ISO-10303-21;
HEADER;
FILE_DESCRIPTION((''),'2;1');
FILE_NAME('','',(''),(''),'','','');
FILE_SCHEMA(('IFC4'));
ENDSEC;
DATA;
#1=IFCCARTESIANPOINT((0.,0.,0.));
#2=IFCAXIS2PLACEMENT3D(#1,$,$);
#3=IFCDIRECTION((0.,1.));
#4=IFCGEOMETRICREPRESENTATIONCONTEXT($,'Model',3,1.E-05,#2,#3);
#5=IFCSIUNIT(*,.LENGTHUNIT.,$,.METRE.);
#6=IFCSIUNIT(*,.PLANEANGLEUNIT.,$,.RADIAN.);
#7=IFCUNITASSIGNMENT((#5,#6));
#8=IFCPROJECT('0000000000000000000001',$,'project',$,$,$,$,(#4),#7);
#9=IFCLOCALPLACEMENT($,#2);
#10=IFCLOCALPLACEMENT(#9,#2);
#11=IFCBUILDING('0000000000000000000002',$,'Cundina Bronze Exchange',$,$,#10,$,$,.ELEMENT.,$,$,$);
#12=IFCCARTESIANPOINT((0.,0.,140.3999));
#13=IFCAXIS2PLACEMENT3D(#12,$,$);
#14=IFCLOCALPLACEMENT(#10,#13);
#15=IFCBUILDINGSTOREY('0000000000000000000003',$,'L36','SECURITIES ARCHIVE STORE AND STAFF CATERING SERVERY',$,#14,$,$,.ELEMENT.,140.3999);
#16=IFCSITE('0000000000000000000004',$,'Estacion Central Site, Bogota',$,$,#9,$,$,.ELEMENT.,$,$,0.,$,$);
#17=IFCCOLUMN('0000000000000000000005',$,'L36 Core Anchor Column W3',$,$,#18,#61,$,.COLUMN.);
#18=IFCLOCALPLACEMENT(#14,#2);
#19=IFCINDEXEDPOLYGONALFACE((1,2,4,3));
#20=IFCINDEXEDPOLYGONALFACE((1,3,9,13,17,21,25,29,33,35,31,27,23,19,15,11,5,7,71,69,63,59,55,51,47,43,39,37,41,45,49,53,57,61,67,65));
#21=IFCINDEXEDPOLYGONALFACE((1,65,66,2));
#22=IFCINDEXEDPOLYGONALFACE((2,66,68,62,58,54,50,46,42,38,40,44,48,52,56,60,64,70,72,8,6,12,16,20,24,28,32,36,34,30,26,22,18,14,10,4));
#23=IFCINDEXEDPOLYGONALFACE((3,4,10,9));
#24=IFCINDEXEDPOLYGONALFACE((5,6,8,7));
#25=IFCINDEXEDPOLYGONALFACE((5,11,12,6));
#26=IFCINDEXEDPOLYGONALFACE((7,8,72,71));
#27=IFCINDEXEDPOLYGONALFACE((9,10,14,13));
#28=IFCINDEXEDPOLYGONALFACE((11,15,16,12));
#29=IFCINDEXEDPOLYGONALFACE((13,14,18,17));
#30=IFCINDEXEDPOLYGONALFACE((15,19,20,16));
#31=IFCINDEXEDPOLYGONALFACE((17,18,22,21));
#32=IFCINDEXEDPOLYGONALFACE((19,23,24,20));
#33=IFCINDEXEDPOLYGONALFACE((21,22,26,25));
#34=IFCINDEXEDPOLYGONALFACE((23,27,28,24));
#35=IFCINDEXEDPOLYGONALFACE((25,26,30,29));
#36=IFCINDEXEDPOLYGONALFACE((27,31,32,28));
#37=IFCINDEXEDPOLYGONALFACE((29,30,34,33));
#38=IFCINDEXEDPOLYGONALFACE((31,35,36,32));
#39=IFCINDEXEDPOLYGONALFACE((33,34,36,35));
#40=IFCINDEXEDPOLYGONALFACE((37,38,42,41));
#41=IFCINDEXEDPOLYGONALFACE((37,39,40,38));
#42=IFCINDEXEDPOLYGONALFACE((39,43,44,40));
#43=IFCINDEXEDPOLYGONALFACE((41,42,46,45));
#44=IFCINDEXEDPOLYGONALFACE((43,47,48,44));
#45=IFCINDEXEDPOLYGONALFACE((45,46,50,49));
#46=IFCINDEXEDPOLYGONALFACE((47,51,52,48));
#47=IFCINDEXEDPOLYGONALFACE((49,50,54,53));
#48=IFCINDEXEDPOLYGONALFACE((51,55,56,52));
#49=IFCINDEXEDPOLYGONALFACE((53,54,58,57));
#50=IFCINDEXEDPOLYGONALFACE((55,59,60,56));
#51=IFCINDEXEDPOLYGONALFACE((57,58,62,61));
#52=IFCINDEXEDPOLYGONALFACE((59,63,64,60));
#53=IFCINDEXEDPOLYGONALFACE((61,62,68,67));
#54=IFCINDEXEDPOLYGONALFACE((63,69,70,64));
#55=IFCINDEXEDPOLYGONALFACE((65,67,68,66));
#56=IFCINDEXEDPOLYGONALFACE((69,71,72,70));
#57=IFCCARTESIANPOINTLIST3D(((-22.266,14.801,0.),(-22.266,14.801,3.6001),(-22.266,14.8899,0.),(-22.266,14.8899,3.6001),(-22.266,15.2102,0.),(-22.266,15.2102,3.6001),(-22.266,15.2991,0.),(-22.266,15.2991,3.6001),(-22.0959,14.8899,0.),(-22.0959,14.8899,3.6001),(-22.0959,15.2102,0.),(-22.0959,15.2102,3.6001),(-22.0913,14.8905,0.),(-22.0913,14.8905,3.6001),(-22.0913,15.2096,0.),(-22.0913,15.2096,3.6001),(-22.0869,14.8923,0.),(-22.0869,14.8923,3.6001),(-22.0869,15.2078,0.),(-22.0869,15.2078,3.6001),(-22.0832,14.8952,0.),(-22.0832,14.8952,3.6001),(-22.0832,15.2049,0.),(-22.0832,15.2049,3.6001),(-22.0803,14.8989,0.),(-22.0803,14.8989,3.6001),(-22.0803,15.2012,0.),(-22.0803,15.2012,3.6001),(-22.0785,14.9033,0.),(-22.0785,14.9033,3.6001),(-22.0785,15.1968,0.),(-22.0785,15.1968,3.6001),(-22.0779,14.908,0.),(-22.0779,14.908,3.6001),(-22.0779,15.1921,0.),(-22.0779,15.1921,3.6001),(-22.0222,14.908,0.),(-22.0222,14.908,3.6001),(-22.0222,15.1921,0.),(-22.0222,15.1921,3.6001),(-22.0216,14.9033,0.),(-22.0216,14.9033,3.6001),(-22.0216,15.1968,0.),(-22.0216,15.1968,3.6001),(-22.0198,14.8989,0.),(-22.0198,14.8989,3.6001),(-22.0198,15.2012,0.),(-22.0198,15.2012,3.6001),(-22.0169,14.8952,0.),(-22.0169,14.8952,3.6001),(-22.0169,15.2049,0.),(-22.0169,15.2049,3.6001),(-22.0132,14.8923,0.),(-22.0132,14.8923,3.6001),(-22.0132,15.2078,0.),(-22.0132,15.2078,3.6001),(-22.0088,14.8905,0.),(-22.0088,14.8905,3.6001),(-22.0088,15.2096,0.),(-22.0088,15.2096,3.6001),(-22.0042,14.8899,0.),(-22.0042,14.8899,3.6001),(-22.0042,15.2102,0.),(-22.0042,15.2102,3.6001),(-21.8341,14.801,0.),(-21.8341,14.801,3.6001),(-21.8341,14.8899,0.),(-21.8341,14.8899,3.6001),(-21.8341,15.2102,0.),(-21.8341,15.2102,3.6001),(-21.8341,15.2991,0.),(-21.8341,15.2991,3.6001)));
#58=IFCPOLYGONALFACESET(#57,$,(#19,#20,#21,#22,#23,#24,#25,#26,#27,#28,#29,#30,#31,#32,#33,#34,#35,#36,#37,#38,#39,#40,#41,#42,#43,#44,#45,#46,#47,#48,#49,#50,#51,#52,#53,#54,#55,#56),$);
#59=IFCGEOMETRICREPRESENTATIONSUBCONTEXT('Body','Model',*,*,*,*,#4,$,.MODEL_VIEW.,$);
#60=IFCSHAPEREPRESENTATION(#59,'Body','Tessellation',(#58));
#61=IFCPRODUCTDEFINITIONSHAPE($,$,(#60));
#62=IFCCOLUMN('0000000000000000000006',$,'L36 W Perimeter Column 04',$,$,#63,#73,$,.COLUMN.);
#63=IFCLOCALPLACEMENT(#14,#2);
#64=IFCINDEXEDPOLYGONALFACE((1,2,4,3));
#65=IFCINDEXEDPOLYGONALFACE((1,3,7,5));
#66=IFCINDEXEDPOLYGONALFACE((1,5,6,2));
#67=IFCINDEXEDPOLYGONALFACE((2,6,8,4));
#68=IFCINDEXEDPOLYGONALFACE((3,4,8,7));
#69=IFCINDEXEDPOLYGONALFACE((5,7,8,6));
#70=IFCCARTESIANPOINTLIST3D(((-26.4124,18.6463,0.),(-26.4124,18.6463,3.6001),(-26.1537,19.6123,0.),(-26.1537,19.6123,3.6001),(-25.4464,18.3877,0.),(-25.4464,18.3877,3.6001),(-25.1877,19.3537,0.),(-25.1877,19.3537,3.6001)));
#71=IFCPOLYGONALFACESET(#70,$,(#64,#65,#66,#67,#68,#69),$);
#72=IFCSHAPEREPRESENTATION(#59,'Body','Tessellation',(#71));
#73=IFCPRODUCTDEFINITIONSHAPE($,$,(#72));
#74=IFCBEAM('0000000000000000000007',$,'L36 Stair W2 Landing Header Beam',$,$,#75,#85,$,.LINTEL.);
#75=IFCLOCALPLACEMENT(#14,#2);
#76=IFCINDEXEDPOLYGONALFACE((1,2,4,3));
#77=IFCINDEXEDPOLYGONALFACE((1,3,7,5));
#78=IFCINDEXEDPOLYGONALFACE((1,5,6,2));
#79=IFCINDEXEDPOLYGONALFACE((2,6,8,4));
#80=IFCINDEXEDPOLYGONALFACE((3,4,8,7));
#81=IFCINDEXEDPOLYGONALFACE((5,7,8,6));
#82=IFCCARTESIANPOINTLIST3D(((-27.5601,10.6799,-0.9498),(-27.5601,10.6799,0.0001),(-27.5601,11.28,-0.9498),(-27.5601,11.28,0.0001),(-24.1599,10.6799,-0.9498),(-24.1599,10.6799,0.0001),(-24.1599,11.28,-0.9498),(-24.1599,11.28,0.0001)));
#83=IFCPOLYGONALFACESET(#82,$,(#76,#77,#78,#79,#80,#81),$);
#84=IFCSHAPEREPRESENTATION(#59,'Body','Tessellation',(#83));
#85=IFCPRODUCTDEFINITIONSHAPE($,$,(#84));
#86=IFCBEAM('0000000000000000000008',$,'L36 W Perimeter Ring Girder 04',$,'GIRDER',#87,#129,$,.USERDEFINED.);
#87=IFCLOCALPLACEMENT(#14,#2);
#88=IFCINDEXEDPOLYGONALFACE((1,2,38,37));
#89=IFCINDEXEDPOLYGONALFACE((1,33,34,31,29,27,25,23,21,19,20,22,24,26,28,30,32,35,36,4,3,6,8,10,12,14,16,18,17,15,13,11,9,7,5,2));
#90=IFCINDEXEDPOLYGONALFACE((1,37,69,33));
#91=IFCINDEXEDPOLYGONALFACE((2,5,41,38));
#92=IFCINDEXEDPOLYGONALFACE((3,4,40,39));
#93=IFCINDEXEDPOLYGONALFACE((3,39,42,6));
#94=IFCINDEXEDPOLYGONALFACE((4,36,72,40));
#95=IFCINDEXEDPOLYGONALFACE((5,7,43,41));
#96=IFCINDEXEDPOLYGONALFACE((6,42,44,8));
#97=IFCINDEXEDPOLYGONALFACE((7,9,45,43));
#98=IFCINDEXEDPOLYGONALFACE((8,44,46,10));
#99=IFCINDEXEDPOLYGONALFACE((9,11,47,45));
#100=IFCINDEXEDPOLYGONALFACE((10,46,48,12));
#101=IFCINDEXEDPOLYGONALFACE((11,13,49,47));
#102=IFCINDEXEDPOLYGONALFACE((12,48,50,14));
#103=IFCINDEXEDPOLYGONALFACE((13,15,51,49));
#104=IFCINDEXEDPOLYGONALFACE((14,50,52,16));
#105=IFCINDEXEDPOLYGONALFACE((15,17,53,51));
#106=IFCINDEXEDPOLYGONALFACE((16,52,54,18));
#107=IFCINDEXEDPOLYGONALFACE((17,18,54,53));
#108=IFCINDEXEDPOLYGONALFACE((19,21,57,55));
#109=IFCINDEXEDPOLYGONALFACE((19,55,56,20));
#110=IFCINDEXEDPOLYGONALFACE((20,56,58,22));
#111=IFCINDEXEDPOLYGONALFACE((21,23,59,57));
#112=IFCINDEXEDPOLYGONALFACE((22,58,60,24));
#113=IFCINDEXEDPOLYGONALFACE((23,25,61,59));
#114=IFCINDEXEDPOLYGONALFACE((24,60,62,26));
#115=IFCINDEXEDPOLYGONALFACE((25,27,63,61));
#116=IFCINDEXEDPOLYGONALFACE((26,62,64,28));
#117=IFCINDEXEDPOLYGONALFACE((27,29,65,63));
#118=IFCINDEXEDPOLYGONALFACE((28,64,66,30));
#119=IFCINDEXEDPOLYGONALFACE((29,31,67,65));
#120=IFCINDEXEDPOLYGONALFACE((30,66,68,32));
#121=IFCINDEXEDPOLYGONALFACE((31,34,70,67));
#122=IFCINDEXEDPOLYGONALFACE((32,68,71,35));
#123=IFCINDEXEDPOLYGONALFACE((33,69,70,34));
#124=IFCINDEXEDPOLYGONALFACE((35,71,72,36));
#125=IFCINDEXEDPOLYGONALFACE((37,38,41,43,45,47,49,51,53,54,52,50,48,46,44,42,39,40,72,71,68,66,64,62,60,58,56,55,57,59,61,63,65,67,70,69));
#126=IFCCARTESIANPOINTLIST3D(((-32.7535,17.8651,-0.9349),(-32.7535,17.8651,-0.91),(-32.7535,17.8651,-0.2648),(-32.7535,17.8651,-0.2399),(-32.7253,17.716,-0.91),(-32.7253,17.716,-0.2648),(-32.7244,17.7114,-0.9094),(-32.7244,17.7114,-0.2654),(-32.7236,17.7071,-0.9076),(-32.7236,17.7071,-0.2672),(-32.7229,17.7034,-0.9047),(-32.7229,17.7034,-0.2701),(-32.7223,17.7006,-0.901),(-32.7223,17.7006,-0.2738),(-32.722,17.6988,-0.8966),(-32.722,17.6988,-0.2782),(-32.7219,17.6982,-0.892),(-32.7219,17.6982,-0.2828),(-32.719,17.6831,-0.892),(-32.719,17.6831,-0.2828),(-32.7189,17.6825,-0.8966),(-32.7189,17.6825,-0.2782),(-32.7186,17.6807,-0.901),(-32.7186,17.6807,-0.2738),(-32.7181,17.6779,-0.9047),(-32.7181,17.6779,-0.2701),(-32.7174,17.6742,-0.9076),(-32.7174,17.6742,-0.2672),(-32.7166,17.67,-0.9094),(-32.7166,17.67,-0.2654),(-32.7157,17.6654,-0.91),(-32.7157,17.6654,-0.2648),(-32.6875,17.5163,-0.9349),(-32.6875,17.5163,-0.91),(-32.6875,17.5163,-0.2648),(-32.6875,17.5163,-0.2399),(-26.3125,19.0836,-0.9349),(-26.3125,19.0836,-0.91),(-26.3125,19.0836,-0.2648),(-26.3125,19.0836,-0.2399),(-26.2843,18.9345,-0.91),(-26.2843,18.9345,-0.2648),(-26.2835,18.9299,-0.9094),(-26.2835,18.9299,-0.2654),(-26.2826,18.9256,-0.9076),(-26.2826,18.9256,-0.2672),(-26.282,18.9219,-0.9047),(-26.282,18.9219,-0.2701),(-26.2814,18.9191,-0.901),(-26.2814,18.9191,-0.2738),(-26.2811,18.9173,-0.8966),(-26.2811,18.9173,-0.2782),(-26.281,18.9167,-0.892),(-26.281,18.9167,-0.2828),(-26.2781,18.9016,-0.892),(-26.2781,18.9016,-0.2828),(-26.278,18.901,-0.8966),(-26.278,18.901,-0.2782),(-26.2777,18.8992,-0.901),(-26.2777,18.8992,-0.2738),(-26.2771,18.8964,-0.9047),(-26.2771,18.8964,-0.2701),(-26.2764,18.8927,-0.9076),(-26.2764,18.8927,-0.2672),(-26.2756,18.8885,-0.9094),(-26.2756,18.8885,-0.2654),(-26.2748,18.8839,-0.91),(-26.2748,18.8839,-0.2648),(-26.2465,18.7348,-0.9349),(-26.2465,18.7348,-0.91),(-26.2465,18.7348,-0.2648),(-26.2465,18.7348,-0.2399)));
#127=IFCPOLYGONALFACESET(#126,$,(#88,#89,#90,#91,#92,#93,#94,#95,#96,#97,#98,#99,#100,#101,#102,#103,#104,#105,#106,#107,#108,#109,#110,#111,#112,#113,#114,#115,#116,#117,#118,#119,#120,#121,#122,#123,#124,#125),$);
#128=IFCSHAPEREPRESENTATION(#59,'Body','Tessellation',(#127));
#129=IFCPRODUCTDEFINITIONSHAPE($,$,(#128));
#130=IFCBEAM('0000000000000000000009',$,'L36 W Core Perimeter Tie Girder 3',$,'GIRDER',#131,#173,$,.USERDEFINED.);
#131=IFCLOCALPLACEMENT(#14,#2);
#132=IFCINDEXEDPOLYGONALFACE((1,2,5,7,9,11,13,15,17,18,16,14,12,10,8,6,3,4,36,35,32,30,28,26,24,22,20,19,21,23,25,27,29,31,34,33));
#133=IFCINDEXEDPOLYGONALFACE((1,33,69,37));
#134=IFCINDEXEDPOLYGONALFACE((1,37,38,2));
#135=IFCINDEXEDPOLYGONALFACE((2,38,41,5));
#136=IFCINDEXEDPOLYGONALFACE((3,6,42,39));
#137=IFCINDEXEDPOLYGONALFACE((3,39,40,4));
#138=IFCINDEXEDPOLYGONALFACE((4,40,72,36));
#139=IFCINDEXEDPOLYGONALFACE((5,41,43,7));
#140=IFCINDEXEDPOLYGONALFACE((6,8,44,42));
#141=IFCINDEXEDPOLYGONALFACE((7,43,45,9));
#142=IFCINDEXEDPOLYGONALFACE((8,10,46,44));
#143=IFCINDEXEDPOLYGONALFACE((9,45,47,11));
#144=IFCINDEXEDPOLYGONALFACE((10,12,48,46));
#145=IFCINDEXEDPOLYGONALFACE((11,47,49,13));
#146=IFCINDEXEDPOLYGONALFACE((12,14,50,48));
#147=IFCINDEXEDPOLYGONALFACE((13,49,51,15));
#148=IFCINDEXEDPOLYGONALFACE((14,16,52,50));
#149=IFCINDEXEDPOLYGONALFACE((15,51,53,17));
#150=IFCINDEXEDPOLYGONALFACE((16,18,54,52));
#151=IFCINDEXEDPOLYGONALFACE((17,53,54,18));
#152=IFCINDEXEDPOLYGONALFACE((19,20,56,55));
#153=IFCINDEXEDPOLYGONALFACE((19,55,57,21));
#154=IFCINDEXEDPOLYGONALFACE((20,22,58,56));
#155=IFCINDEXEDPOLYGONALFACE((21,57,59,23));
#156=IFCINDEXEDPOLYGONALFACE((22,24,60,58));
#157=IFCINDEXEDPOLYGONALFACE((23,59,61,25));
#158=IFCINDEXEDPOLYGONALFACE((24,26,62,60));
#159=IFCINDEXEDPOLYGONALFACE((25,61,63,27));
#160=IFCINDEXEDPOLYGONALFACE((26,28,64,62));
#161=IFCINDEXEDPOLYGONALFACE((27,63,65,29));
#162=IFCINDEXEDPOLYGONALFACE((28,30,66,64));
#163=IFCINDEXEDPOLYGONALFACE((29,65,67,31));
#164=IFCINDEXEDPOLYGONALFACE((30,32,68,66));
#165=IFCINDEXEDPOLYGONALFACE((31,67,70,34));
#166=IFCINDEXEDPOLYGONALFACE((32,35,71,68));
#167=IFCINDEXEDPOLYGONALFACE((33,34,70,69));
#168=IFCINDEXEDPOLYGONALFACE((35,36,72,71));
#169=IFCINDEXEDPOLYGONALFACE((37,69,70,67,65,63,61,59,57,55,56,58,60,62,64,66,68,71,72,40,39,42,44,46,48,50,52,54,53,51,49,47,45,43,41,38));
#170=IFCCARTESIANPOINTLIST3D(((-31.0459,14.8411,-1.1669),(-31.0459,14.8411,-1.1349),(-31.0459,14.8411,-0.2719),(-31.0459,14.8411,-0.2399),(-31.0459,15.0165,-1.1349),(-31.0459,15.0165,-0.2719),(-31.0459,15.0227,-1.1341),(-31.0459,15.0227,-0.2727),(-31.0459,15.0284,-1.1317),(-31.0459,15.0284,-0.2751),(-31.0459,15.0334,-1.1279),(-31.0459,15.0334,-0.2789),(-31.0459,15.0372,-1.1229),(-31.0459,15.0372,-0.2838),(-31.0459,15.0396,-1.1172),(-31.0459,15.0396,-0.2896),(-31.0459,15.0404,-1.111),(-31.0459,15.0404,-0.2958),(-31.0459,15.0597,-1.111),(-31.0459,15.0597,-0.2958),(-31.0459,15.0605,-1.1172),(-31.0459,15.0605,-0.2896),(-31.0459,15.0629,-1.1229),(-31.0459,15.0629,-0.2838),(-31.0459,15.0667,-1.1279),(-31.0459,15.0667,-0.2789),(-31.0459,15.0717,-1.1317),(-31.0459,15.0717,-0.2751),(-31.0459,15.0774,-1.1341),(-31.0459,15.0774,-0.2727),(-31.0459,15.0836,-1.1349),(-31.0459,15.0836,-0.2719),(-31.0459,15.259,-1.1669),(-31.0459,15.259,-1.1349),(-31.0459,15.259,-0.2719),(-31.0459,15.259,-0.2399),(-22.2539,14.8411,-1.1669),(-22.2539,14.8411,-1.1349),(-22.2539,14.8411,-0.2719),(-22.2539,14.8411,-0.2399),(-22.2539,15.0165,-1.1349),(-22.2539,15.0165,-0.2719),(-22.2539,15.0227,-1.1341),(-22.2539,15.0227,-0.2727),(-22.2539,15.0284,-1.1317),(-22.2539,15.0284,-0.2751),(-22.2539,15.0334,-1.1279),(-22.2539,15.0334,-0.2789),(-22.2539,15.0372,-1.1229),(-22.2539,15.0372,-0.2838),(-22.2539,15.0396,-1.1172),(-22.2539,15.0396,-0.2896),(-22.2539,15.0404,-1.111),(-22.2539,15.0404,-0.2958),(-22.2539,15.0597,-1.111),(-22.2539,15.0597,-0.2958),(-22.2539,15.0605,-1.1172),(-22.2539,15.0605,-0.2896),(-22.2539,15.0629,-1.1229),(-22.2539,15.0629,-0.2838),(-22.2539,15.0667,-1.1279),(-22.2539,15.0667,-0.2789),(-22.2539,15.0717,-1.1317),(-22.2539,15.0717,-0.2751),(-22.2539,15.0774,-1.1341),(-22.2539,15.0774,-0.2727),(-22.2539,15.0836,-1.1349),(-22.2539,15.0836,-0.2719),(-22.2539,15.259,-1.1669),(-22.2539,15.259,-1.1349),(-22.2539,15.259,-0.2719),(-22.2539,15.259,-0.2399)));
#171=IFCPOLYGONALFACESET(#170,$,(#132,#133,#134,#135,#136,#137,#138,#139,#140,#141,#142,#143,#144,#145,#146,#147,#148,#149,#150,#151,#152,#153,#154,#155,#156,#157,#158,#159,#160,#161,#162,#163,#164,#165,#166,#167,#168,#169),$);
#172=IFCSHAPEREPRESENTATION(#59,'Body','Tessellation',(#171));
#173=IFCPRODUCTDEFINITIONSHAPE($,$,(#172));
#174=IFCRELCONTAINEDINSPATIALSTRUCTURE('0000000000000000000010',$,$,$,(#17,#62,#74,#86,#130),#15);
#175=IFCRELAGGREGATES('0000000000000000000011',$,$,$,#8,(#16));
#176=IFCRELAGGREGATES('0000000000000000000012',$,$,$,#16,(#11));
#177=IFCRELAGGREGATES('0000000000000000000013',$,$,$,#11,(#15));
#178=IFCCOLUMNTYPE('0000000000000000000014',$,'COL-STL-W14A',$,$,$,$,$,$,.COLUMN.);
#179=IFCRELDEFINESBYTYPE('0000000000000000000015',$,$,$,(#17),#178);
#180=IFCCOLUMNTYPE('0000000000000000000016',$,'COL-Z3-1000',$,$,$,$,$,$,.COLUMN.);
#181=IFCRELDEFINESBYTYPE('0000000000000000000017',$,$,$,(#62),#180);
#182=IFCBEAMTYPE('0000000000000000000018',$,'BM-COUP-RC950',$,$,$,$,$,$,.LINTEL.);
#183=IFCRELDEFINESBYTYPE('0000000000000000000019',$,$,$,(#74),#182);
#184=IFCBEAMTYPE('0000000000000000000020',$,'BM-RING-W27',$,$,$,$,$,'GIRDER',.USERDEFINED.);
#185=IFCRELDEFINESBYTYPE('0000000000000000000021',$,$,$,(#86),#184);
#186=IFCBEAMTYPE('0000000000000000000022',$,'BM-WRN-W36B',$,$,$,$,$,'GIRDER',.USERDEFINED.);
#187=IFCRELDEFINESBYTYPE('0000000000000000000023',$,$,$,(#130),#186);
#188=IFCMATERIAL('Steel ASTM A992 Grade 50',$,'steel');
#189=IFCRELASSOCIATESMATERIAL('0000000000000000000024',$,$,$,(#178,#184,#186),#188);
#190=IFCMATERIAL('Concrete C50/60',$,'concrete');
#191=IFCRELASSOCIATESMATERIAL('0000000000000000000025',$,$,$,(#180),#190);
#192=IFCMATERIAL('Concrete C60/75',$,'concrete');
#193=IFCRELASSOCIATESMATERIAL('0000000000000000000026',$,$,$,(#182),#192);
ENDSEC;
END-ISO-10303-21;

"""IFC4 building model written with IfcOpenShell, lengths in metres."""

from ifc_helpers import new_model, si_unit, direction, frame, origin, origin_2d, place, context, subcontext, project, spatial, rectangle, i_section, extrude, material, material_profile, profile_set, type_object, element, save


model = new_model("IFC4")

# Units and contexts
model_context = context("Model", 3, precision=1e-05, world=origin(), true_north=direction((0.0, 1.0)))
body_context = subcontext(model_context, "Body", "Model", "MODEL_VIEW")
ifc_project = project(units=[si_unit("LENGTHUNIT", "METRE"), si_unit("PLANEANGLEUNIT", "RADIAN")], contexts=[model_context])

# Site, building, storey
site_placement = place(None, origin())
site = spatial("IfcSite", under=ifc_project, at=site_placement, Name="Estacion Central Site, Bogota", CompositionType="ELEMENT", RefElevation=0.0)
building_placement = place(site_placement, origin())
building = spatial("IfcBuilding", under=site, at=building_placement, Name="Cundina Bronze Exchange", CompositionType="ELEMENT")
storey_placement = place(building_placement, frame((0.0, 0.0, 140.3999)))
storey = spatial("IfcBuildingStorey", under=building, at=storey_placement, Name="L36", Description="SECURITIES ARCHIVE STORE AND STAFF CATERING SERVERY", CompositionType="ELEMENT", Elevation=140.3999)

# Columns
ifc_material_1 = material(Name="Steel ASTM A992 Grade 50", Category="steel")
ifc_material_profile_1 = material_profile(ifc_material_1, i_section(OverallWidth=0.4319, OverallDepth=0.498, WebThickness=0.0557, FlangeThickness=0.0889, FilletRadius=0.0181, at=origin_2d()), Name="W14X500", Category="steel")
ifc_profile_set_1 = profile_set([ifc_material_profile_1], Name="Steel ASTM A992 Grade 50")
column_type_1 = type_object("IfcColumnType", Name="COL-STL-W14A", PredefinedType="COLUMN", material=ifc_profile_set_1)
column_1_placement = place(storey_placement, frame((-22.05, 15.05, 0.0), z_axis=(0.0, 0.0, 1.0), x_axis=(1.0, 0.0, 0.0)))
element("IfcColumn", 1, at=column_1_placement, inside=storey, type_object=column_type_1, Name="L36 Core Anchor Column W3", PredefinedType="COLUMN", context=body_context, shape_type="SweptSolid", body=[
    extrude(i_section(OverallWidth=0.4319, OverallDepth=0.498, WebThickness=0.0557, FlangeThickness=0.0889, FilletRadius=0.0181, at=origin_2d()), origin(), (0.0, 0.0, 1.0), 3.6001),
])
ifc_material_2 = material(Name="Concrete C50/60", Category="concrete")
ifc_material_profile_2 = material_profile(ifc_material_2, rectangle(XDim=1.0, YDim=1.0, at=origin_2d()), Name="RC1000X1000", Category="concrete")
ifc_profile_set_2 = profile_set([ifc_material_profile_2], Name="Concrete C50/60")
column_type_2 = type_object("IfcColumnType", Name="COL-Z3-1000", PredefinedType="COLUMN", material=ifc_profile_set_2)
column_2_placement = place(storey_placement, frame((-25.8, 19.0, 0.0), z_axis=(0.0, 0.0, 1.0), x_axis=(-0.965971, 0.25865, 0.0)))
element("IfcColumn", 2, at=column_2_placement, inside=storey, type_object=column_type_2, Name="L36 W Perimeter Column 04", PredefinedType="COLUMN", context=body_context, shape_type="SweptSolid", body=[
    extrude(rectangle(XDim=1.0, YDim=1.0, at=origin_2d()), origin(), (0.0, 0.0, 1.0), 3.6001),
])

# Beams
ifc_material_3 = material(Name="Concrete C60/75", Category="concrete")
ifc_material_profile_3 = material_profile(ifc_material_3, rectangle(XDim=0.6001, YDim=0.95, at=origin_2d()), Name="RC600X950", Category="concrete")
ifc_profile_set_3 = profile_set([ifc_material_profile_3], Name="Concrete C60/75")
beam_type_1 = type_object("IfcBeamType", Name="BM-COUP-RC950", PredefinedType="LINTEL", material=ifc_profile_set_3)
beam_1_placement = place(storey_placement, frame((-27.5601, 10.98, -0.4749), z_axis=(1.0, 0.0, 0.0), x_axis=(0.0, 1.0, 0.0)))
element("IfcBeam", 3, at=beam_1_placement, inside=storey, type_object=beam_type_1, Name="L36 Stair W2 Landing Header Beam", PredefinedType="LINTEL", context=body_context, shape_type="SweptSolid", body=[
    extrude(rectangle(XDim=0.6001, YDim=0.95, at=origin_2d()), origin(), (0.0, 0.0, 1.0), 3.4001),
])
ifc_material_profile_4 = material_profile(ifc_material_1, i_section(OverallWidth=0.355, OverallDepth=0.6951, WebThickness=0.0154, FlangeThickness=0.0249, FilletRadius=0.0181, at=origin_2d()), Name="W27X146", Category="steel")
ifc_profile_set_4 = profile_set([ifc_material_profile_4], Name="Steel ASTM A992 Grade 50")
beam_type_2 = type_object("IfcBeamType", Name="BM-RING-W27", ElementType="GIRDER", PredefinedType="USERDEFINED", material=ifc_profile_set_4)
beam_2_placement = place(storey_placement, frame((-26.2795, 18.9092, -0.5874), z_axis=(-0.982572, -0.185885, 0.0), x_axis=(0.185885, -0.982572, 0.0)))
element("IfcBeam", 4, at=beam_2_placement, inside=storey, type_object=beam_type_2, Name="L36 W Perimeter Ring Girder 04", ObjectType="GIRDER", PredefinedType="USERDEFINED", context=body_context, shape_type="SweptSolid", body=[
    extrude(i_section(OverallWidth=0.355, OverallDepth=0.6951, WebThickness=0.0154, FlangeThickness=0.0249, FilletRadius=0.0181, at=origin_2d()), origin(), (0.0, 0.0, 1.0), 6.5552),
])
ifc_material_profile_5 = material_profile(ifc_material_1, i_section(OverallWidth=0.418, OverallDepth=0.927, WebThickness=0.0193, FlangeThickness=0.032, FilletRadius=0.0239, at=origin_2d()), Name="W36X231", Category="steel")
ifc_profile_set_5 = profile_set([ifc_material_profile_5], Name="Steel ASTM A992 Grade 50")
beam_type_3 = type_object("IfcBeamType", Name="BM-WRN-W36B", ElementType="GIRDER", PredefinedType="USERDEFINED", material=ifc_profile_set_5)
beam_3_placement = place(storey_placement, frame((-22.2539, 15.05, -0.7034), z_axis=(-1.0, 0.0, 0.0), x_axis=(0.0, -1.0, 0.0)))
element("IfcBeam", 5, at=beam_3_placement, inside=storey, type_object=beam_type_3, Name="L36 W Core Perimeter Tie Girder 3", ObjectType="GIRDER", PredefinedType="USERDEFINED", context=body_context, shape_type="SweptSolid", body=[
    extrude(i_section(OverallWidth=0.418, OverallDepth=0.927, WebThickness=0.0193, FlangeThickness=0.032, FilletRadius=0.0239, at=origin_2d()), origin(), (0.0, 0.0, 1.0), 8.792),
])

save(model, "model.ifc")
